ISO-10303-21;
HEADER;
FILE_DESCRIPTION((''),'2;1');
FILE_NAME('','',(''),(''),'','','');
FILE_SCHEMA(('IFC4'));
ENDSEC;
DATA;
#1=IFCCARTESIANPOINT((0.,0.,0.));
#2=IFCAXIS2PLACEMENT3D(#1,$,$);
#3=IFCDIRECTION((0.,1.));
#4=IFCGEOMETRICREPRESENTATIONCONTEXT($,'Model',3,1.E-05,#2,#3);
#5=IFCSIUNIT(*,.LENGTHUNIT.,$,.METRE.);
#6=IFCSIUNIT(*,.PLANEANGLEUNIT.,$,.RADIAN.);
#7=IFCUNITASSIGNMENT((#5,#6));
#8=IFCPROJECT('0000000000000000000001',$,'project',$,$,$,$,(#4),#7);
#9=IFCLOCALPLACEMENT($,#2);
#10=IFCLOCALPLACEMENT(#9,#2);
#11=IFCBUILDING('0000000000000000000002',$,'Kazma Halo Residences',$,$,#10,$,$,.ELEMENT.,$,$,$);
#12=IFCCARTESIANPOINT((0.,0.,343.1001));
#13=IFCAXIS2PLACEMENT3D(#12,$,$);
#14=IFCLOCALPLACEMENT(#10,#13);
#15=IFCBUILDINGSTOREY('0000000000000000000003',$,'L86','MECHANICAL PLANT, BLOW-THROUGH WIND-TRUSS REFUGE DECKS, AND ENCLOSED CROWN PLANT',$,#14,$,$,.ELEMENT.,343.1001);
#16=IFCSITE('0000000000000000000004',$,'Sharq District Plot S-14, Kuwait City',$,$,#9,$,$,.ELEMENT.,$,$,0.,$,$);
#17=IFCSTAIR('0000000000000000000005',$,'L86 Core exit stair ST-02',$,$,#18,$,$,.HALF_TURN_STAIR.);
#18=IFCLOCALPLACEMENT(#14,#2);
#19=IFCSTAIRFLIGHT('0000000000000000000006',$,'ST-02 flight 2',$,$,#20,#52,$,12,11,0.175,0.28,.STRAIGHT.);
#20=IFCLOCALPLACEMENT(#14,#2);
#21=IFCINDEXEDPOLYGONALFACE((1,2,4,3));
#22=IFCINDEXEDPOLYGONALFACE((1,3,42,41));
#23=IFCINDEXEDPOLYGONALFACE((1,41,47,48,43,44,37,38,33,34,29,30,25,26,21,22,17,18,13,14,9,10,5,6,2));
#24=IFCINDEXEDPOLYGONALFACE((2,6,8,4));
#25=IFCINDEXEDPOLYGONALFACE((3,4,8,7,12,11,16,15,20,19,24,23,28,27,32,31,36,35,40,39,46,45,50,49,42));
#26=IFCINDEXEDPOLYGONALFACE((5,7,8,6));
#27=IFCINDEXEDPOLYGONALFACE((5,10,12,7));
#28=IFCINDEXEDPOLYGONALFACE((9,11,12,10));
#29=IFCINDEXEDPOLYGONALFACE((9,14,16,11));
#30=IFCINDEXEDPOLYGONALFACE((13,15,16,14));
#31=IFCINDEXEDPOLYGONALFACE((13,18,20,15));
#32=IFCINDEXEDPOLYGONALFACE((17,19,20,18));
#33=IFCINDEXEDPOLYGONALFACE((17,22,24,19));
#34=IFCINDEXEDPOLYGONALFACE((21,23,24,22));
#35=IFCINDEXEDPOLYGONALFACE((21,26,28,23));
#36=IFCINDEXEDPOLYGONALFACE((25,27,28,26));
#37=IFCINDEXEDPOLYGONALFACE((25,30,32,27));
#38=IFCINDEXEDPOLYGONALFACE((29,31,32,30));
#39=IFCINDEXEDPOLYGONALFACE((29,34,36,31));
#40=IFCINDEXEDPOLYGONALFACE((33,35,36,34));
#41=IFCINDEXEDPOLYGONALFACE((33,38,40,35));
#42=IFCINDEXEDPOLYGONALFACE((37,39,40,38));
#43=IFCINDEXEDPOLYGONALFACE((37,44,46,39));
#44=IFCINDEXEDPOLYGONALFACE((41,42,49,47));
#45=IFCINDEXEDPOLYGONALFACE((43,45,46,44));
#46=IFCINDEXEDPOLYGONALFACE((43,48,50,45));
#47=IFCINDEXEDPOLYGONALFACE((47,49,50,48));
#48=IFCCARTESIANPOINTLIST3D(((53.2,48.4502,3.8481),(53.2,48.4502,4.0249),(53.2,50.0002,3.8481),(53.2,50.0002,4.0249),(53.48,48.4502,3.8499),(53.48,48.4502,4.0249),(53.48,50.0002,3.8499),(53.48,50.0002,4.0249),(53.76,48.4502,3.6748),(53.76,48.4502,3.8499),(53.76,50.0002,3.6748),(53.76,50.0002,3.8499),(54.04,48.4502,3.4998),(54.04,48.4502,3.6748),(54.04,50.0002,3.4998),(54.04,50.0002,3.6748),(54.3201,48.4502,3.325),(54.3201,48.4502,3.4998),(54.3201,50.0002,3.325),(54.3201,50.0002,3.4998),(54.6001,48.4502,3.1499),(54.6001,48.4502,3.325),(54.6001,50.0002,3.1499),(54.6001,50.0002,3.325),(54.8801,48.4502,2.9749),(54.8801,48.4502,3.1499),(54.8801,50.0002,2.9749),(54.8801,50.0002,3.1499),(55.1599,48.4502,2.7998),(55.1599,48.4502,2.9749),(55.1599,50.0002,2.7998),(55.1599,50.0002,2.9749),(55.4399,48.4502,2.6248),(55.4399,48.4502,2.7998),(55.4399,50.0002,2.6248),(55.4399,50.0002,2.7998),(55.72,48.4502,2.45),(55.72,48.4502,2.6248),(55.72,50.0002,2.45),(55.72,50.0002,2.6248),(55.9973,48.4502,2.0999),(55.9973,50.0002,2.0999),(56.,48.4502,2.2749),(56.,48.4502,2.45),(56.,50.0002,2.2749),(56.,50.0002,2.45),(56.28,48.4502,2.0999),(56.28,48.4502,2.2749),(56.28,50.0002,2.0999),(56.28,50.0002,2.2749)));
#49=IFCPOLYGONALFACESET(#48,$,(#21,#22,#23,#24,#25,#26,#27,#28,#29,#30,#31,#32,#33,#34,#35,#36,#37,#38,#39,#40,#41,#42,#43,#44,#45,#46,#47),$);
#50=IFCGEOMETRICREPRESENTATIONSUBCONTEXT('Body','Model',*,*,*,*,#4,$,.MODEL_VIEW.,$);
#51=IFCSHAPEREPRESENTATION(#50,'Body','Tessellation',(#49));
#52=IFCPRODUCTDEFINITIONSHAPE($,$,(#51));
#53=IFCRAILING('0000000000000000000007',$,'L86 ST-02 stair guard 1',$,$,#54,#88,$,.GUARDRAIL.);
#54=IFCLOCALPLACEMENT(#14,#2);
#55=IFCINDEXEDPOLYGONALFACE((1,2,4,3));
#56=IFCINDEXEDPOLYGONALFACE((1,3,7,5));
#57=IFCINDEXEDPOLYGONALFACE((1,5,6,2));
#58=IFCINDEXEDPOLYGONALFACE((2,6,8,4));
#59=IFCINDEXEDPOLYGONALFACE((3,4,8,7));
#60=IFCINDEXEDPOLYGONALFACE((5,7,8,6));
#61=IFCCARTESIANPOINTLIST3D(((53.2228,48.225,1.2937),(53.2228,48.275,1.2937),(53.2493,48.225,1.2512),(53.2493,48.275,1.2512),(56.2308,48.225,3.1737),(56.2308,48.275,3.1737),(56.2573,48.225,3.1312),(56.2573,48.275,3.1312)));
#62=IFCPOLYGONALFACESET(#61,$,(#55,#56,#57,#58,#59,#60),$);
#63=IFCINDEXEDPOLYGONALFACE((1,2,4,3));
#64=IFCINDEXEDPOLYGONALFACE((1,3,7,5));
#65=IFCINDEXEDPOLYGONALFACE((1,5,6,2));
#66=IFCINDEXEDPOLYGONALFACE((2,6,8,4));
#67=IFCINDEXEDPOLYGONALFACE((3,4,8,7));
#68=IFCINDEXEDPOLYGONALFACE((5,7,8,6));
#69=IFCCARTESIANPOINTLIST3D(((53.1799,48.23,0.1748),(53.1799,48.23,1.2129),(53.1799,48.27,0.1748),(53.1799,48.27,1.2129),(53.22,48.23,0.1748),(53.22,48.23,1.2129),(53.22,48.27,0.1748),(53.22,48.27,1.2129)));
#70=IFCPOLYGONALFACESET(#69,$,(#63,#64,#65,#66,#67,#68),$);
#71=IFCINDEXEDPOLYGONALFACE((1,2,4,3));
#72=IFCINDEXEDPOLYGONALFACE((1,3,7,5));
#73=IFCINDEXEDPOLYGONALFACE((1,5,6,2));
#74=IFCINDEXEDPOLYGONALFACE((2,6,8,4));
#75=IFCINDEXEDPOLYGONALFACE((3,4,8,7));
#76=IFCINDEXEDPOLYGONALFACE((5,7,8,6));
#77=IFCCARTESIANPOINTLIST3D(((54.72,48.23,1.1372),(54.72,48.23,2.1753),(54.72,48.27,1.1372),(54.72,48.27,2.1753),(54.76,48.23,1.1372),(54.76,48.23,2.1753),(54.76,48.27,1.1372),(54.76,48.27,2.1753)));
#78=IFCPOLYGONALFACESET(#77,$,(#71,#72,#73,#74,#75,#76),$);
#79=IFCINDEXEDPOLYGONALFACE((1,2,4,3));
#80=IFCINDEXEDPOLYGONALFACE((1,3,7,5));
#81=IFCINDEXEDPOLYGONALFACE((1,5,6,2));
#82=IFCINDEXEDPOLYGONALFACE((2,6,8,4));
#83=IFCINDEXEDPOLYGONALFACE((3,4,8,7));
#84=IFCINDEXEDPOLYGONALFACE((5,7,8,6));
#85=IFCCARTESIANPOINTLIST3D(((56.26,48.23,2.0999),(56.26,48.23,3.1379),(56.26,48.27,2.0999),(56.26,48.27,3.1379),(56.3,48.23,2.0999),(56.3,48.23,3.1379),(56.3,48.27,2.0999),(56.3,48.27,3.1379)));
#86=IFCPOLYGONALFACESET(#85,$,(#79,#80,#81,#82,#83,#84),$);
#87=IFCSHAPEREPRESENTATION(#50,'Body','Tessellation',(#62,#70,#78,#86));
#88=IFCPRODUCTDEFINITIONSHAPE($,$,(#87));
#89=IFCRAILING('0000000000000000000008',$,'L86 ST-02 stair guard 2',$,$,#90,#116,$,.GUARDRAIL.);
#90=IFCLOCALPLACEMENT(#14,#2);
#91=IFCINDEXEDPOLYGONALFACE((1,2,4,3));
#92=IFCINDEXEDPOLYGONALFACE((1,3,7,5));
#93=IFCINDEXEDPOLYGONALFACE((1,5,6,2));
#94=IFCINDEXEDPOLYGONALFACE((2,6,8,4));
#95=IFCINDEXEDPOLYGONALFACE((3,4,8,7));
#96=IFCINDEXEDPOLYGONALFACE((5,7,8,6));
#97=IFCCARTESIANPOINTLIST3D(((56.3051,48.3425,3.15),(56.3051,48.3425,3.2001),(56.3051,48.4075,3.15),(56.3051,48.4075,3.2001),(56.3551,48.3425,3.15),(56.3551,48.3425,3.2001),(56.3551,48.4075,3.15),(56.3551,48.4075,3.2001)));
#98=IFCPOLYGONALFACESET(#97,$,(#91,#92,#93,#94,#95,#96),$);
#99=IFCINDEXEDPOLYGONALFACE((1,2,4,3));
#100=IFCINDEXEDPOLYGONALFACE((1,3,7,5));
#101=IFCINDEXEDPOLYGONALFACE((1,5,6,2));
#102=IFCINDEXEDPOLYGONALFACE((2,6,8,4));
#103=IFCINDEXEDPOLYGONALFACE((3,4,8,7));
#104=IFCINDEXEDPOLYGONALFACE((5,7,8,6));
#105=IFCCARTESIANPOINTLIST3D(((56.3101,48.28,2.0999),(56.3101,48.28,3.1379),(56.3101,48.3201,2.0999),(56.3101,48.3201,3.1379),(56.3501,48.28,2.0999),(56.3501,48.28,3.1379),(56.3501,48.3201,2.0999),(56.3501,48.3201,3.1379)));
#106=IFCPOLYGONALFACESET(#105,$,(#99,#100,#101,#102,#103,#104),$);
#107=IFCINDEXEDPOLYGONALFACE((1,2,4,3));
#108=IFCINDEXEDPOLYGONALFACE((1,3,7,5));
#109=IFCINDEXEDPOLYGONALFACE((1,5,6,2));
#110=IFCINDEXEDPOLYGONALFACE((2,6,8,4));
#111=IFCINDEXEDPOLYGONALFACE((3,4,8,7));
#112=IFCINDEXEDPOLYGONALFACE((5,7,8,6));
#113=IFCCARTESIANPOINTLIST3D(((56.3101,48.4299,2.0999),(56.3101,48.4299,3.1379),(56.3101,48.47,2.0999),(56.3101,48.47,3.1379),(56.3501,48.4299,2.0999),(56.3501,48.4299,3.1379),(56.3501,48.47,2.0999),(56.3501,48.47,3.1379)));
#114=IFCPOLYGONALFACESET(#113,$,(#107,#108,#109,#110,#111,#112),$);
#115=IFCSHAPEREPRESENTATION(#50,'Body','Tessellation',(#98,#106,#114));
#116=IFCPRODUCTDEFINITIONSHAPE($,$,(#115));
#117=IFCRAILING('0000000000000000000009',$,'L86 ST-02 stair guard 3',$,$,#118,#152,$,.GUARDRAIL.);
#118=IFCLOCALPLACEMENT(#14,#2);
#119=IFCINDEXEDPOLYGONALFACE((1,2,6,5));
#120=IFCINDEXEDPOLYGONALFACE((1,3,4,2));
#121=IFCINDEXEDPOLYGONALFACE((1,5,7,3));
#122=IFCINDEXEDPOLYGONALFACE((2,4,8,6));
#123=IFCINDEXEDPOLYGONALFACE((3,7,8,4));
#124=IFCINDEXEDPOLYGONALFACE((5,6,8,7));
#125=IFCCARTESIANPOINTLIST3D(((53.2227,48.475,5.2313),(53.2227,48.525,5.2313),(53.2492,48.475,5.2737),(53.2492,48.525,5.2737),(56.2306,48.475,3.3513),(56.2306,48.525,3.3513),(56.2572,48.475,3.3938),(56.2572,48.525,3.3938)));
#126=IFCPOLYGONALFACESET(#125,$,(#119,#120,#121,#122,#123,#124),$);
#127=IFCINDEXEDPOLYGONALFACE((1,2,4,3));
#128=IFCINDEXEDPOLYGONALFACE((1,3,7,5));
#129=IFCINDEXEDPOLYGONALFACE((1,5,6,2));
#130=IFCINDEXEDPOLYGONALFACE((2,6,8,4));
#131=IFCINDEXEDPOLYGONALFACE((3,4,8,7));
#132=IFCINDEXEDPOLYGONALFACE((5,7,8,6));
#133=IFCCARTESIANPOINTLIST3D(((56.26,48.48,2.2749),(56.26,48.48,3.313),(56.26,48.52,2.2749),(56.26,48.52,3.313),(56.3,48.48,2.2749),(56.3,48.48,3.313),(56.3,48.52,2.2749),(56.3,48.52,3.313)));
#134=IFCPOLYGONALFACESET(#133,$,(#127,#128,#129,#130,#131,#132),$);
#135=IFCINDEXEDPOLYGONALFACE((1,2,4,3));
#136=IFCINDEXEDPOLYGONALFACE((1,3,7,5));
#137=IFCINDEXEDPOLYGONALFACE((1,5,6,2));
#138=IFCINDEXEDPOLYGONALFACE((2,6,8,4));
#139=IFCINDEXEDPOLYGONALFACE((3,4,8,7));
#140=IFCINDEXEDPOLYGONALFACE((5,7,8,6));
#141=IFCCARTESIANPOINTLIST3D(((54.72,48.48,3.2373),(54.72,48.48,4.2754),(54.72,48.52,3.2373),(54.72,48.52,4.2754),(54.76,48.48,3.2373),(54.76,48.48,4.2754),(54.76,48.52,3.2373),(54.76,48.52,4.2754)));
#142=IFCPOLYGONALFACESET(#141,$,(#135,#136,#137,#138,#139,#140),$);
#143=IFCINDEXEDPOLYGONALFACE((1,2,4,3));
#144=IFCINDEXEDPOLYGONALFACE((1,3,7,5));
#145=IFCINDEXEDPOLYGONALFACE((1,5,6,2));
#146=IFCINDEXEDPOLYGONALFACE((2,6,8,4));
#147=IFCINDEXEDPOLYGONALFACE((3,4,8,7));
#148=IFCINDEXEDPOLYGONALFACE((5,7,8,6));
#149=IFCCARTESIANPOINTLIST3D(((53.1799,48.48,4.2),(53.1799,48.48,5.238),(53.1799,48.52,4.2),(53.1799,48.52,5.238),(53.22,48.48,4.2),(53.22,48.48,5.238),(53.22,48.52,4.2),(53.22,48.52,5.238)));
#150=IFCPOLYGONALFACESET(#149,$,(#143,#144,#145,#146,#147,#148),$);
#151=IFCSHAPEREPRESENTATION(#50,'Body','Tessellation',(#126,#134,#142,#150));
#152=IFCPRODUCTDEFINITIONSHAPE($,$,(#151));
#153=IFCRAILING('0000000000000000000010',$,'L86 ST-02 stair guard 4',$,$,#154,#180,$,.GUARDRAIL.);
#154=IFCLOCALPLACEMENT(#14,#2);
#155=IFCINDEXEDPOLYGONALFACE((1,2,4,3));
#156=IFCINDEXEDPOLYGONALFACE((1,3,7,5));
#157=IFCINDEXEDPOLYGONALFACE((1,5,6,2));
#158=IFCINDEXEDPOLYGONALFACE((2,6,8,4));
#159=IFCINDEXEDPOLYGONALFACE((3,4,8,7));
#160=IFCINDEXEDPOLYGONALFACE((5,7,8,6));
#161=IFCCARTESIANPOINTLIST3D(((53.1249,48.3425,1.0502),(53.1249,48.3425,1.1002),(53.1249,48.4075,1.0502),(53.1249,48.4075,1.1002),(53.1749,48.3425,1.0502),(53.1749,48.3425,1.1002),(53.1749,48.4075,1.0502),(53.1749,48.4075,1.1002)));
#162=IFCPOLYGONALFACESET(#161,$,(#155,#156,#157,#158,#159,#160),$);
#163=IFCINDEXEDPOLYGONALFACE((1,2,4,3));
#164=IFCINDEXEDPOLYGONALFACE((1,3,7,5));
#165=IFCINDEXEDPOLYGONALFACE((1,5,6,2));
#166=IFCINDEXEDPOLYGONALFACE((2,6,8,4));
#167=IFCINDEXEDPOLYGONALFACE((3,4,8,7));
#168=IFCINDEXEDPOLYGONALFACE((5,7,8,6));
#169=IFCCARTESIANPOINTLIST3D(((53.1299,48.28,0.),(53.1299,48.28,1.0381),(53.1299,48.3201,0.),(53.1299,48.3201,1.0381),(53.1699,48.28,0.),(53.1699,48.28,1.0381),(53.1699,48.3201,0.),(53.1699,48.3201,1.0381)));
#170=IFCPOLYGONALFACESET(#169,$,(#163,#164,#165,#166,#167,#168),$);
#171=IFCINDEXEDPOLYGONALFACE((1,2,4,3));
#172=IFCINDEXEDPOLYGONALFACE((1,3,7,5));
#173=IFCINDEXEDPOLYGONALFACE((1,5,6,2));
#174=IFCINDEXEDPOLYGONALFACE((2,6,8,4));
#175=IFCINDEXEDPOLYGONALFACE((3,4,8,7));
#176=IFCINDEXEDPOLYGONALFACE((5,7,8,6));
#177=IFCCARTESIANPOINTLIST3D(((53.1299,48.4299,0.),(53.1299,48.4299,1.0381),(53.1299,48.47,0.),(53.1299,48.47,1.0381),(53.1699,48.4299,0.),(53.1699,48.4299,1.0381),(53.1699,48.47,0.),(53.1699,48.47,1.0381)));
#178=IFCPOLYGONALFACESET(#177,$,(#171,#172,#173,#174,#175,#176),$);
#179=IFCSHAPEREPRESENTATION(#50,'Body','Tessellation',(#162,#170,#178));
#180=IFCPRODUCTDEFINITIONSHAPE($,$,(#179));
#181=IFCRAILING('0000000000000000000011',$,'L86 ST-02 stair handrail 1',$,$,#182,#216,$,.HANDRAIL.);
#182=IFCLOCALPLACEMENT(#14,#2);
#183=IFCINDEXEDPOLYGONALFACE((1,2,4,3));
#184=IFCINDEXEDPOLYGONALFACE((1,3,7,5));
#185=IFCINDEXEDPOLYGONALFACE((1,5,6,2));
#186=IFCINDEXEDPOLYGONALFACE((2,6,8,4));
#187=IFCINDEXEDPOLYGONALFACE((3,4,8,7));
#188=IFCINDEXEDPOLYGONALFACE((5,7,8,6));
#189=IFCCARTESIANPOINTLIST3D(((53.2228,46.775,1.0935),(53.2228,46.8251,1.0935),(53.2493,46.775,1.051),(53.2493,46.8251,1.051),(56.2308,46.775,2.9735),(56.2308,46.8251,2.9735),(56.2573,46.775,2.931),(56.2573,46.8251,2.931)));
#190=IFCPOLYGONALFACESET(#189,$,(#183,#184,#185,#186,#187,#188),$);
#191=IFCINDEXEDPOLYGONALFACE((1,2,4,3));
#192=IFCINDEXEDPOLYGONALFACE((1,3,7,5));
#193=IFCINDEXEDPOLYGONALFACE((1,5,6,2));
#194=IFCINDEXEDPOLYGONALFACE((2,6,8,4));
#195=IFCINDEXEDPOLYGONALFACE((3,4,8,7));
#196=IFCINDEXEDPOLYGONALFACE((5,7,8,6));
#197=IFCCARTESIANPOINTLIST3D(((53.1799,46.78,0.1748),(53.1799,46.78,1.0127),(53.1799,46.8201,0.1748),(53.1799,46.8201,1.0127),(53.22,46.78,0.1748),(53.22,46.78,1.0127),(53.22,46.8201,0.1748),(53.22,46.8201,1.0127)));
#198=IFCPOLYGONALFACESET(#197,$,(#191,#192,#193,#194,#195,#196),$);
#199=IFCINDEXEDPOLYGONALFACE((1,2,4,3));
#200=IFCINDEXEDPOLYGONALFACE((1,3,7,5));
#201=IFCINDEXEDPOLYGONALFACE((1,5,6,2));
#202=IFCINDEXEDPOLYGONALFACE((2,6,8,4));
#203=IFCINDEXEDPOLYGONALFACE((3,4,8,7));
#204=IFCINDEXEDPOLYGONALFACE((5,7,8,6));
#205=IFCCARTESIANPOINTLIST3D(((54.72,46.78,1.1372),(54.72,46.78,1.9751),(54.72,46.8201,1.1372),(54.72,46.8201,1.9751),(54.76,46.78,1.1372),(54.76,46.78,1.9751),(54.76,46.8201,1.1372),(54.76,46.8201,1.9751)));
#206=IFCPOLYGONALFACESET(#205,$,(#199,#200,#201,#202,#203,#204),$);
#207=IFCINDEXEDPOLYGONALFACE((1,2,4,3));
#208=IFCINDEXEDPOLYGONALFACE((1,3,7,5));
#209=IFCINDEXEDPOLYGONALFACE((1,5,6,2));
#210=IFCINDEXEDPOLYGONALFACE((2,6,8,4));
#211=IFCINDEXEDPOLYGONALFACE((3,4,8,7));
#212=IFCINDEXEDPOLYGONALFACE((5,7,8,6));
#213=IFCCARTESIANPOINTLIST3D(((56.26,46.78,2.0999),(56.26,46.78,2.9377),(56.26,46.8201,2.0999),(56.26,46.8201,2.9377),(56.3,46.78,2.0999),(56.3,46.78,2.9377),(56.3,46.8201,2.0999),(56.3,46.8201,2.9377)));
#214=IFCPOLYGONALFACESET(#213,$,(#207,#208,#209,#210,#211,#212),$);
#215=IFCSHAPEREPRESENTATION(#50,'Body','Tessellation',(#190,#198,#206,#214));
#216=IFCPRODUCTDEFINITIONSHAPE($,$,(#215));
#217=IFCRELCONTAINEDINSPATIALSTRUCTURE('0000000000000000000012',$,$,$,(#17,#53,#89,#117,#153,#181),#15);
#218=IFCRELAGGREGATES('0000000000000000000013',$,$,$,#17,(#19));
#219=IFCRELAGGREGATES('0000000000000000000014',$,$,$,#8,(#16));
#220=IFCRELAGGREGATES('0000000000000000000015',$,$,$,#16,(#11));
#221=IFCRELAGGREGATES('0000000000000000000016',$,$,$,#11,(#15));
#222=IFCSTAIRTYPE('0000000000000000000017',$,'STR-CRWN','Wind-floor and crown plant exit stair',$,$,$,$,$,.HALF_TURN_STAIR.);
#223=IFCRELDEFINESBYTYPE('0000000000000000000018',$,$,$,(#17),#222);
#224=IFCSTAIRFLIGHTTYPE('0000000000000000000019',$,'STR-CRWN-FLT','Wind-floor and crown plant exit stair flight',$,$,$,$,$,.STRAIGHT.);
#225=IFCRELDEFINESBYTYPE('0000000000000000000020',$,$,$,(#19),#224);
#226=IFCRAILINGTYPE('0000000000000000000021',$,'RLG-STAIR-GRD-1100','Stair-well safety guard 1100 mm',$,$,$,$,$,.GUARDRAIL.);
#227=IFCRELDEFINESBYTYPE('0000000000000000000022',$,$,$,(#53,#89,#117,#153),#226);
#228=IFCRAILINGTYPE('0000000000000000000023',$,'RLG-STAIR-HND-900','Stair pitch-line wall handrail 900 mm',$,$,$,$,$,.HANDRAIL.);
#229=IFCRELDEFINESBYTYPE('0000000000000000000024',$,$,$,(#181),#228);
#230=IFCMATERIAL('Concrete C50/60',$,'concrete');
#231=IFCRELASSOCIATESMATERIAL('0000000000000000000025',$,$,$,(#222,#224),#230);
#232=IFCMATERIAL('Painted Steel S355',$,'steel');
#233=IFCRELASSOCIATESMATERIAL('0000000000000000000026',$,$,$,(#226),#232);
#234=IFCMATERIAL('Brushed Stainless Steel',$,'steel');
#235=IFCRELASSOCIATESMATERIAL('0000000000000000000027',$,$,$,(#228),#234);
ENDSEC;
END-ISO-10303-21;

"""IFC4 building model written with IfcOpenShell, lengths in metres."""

from ifc_helpers import new_model, si_unit, direction, frame, origin, origin_2d, place, context, subcontext, project, spatial, polyline, rectangle, outline, extrude, material, type_object, element, aggregate, save


model = new_model("IFC4")

# Units and contexts
model_context = context("Model", 3, precision=1e-05, world=origin(), true_north=direction((0.0, 1.0)))
body_context = subcontext(model_context, "Body", "Model", "MODEL_VIEW")
ifc_project = project(units=[si_unit("LENGTHUNIT", "METRE"), si_unit("PLANEANGLEUNIT", "RADIAN")], contexts=[model_context])

# Site, building, storey
site_placement = place(None, origin())
site = spatial("IfcSite", under=ifc_project, at=site_placement, Name="Sharq District Plot S-14, Kuwait City", CompositionType="ELEMENT", RefElevation=0.0)
building_placement = place(site_placement, origin())
building = spatial("IfcBuilding", under=site, at=building_placement, Name="Kazma Halo Residences", CompositionType="ELEMENT")
storey_placement = place(building_placement, frame((0.0, 0.0, 343.1001)))
storey = spatial("IfcBuildingStorey", under=building, at=storey_placement, Name="L86", Description="MECHANICAL PLANT, BLOW-THROUGH WIND-TRUSS REFUGE DECKS, AND ENCLOSED CROWN PLANT", CompositionType="ELEMENT", Elevation=343.1001)

# Shared definitions
ifc_material_1 = material(Name="Concrete C50/60", Category="concrete")

# Stair, stair flight
stair_type = type_object("IfcStairType", Name="STR-CRWN", Description="Wind-floor and crown plant exit stair", PredefinedType="HALF_TURN_STAIR", material=ifc_material_1)
stair_placement = place(storey_placement, origin())
stair = element("IfcStair", 1, at=stair_placement, inside=storey, type_object=stair_type, Name="L86 Core exit stair ST-02", PredefinedType="HALF_TURN_STAIR")
stair_flight_type = type_object("IfcStairFlightType", Name="STR-CRWN-FLT", Description="Wind-floor and crown plant exit stair flight", PredefinedType="STRAIGHT", material=ifc_material_1)
stair_flight_1_placement = place(storey_placement, frame((56.28, 49.2251, 2.0999), z_axis=(0.0, 0.0, 1.0), x_axis=(-1.0, 0.0, 0.0)))
stair_flight_1 = element("IfcStairFlight", 2, at=stair_flight_1_placement, type_object=stair_flight_type, Name="ST-02 flight 2", NumberOfRisers=12, NumberOfTreads=11, PredefinedType="STRAIGHT", RiserHeight=0.175, TreadLength=0.28, context=body_context, shape_type="SweptSolid", body=[
    extrude(outline(polyline([(0.0, 0.0), (0.0, 0.175), (0.28, 0.175), (0.28, 0.3501), (0.5601, 0.3501), (0.5601, 0.5249), (0.8401, 0.5249), (0.8401, 0.7), (1.1201, 0.7), (1.1201, 0.875), (1.3999, 0.875), (1.3999, 1.05), (1.6799, 1.05), (1.6799, 1.2251), (1.96, 1.2251), (1.96, 1.3999), (2.24, 1.3999), (2.24, 1.575), (2.52, 1.575), (2.52, 1.75), (2.8, 1.75), (2.8, 1.925), (3.0801, 1.925), (3.0801, 2.1001), (3.0801, 1.7483), (0.2827, 0.0), (0.0, 0.0)])), frame((0.0, 0.7749, 0.0), z_axis=(0.0, -1.0, 0.0), x_axis=(1.0, 0.0, 0.0)), (0.0, 0.0, 1.0), 1.55),
])
aggregate(stair, [stair_flight_1])

# Railings
ifc_material_2 = material(Name="Painted Steel S355", Category="steel")
railing_type_1 = type_object("IfcRailingType", Name="RLG-STAIR-GRD-1100", Description="Stair-well safety guard 1100 mm", PredefinedType="GUARDRAIL", material=ifc_material_2)
railing_1_placement = place(storey_placement, frame((53.2, 48.25, 0.1748)))
element("IfcRailing", 3, at=railing_1_placement, inside=storey, type_object=railing_type_1, Name="L86 ST-02 stair guard 1", PredefinedType="GUARDRAIL", context=body_context, shape_type="SweptSolid", body=[
    extrude(rectangle(XDim=0.05, YDim=0.05, at=origin_2d()), frame((0.0361, 0.0, 1.0977), z_axis=(0.847998, 0.0, 0.529999), x_axis=(0.0, 1.0, 0.0)), (0.0, 0.0, 1.0), 3.5471),
    extrude(rectangle(XDim=0.04, YDim=0.04, at=origin_2d()), origin(), (0.0, 0.0, 1.0), 1.0381),
    extrude(rectangle(XDim=0.04, YDim=0.04, at=origin_2d()), frame((1.54, 0.0, 0.9624)), (0.0, 0.0, 1.0), 1.0381),
    extrude(rectangle(XDim=0.04, YDim=0.04, at=origin_2d()), frame((3.0801, 0.0, 1.925)), (0.0, 0.0, 1.0), 1.0381),
])
railing_2_placement = place(storey_placement, frame((56.3301, 48.3, 2.0999)))
element("IfcRailing", 4, at=railing_2_placement, inside=storey, type_object=railing_type_1, Name="L86 ST-02 stair guard 2", PredefinedType="GUARDRAIL", context=body_context, shape_type="SweptSolid", body=[
    extrude(rectangle(XDim=0.05, YDim=0.05, at=origin_2d()), frame((0.0, 0.0425, 1.0752), z_axis=(0.0, 1.0, 0.0), x_axis=(-1.0, 0.0, 0.0)), (0.0, 0.0, 1.0), 0.0649),
    extrude(rectangle(XDim=0.04, YDim=0.04, at=origin_2d()), origin(), (0.0, 0.0, 1.0), 1.0381),
    extrude(rectangle(XDim=0.04, YDim=0.04, at=origin_2d()), frame((0.0, 0.1499, 0.0)), (0.0, 0.0, 1.0), 1.0381),
])
railing_3_placement = place(storey_placement, frame((56.28, 48.5, 2.2749)))
element("IfcRailing", 5, at=railing_3_placement, inside=storey, type_object=railing_type_1, Name="L86 ST-02 stair guard 3", PredefinedType="GUARDRAIL", context=body_context, shape_type="SweptSolid", body=[
    extrude(rectangle(XDim=0.05, YDim=0.05, at=origin_2d()), frame((-0.0361, 0.0, 1.0977), z_axis=(-0.847998, 0.0, 0.529999), x_axis=(0.0, -1.0, 0.0)), (0.0, 0.0, 1.0), 3.5471),
    extrude(rectangle(XDim=0.04, YDim=0.04, at=origin_2d()), origin(), (0.0, 0.0, 1.0), 1.0381),
    extrude(rectangle(XDim=0.04, YDim=0.04, at=origin_2d()), frame((-1.54, 0.0, 0.9624)), (0.0, 0.0, 1.0), 1.0381),
    extrude(rectangle(XDim=0.04, YDim=0.04, at=origin_2d()), frame((-3.0801, 0.0, 1.925)), (0.0, 0.0, 1.0), 1.0381),
])
railing_4_placement = place(storey_placement, frame((53.1499, 48.3, 0.0)))
element("IfcRailing", 6, at=railing_4_placement, inside=storey, type_object=railing_type_1, Name="L86 ST-02 stair guard 4", PredefinedType="GUARDRAIL", context=body_context, shape_type="SweptSolid", body=[
    extrude(rectangle(XDim=0.05, YDim=0.05, at=origin_2d()), frame((0.0, 0.0425, 1.0752), z_axis=(0.0, 1.0, 0.0), x_axis=(-1.0, 0.0, 0.0)), (0.0, 0.0, 1.0), 0.0649),
    extrude(rectangle(XDim=0.04, YDim=0.04, at=origin_2d()), origin(), (0.0, 0.0, 1.0), 1.0381),
    extrude(rectangle(XDim=0.04, YDim=0.04, at=origin_2d()), frame((0.0, 0.1499, 0.0)), (0.0, 0.0, 1.0), 1.0381),
])
ifc_material_3 = material(Name="Brushed Stainless Steel", Category="steel")
railing_type_2 = type_object("IfcRailingType", Name="RLG-STAIR-HND-900", Description="Stair pitch-line wall handrail 900 mm", PredefinedType="HANDRAIL", material=ifc_material_3)
railing_5_placement = place(storey_placement, frame((53.2, 46.8, 0.1748)))
element("IfcRailing", 7, at=railing_5_placement, inside=storey, type_object=railing_type_2, Name="L86 ST-02 stair handrail 1", PredefinedType="HANDRAIL", context=body_context, shape_type="SweptSolid", body=[
    extrude(rectangle(XDim=0.05, YDim=0.05, at=origin_2d()), frame((0.0361, 0.0, 0.8975), z_axis=(0.847998, 0.0, 0.529999), x_axis=(0.0, 1.0, 0.0)), (0.0, 0.0, 1.0), 3.5471),
    extrude(rectangle(XDim=0.04, YDim=0.04, at=origin_2d()), origin(), (0.0, 0.0, 1.0), 0.8379),
    extrude(rectangle(XDim=0.04, YDim=0.04, at=origin_2d()), frame((1.54, 0.0, 0.9624)), (0.0, 0.0, 1.0), 0.8379),
    extrude(rectangle(XDim=0.04, YDim=0.04, at=origin_2d()), frame((3.0801, 0.0, 1.925)), (0.0, 0.0, 1.0), 0.8379),
])

save(model, "model.ifc")
